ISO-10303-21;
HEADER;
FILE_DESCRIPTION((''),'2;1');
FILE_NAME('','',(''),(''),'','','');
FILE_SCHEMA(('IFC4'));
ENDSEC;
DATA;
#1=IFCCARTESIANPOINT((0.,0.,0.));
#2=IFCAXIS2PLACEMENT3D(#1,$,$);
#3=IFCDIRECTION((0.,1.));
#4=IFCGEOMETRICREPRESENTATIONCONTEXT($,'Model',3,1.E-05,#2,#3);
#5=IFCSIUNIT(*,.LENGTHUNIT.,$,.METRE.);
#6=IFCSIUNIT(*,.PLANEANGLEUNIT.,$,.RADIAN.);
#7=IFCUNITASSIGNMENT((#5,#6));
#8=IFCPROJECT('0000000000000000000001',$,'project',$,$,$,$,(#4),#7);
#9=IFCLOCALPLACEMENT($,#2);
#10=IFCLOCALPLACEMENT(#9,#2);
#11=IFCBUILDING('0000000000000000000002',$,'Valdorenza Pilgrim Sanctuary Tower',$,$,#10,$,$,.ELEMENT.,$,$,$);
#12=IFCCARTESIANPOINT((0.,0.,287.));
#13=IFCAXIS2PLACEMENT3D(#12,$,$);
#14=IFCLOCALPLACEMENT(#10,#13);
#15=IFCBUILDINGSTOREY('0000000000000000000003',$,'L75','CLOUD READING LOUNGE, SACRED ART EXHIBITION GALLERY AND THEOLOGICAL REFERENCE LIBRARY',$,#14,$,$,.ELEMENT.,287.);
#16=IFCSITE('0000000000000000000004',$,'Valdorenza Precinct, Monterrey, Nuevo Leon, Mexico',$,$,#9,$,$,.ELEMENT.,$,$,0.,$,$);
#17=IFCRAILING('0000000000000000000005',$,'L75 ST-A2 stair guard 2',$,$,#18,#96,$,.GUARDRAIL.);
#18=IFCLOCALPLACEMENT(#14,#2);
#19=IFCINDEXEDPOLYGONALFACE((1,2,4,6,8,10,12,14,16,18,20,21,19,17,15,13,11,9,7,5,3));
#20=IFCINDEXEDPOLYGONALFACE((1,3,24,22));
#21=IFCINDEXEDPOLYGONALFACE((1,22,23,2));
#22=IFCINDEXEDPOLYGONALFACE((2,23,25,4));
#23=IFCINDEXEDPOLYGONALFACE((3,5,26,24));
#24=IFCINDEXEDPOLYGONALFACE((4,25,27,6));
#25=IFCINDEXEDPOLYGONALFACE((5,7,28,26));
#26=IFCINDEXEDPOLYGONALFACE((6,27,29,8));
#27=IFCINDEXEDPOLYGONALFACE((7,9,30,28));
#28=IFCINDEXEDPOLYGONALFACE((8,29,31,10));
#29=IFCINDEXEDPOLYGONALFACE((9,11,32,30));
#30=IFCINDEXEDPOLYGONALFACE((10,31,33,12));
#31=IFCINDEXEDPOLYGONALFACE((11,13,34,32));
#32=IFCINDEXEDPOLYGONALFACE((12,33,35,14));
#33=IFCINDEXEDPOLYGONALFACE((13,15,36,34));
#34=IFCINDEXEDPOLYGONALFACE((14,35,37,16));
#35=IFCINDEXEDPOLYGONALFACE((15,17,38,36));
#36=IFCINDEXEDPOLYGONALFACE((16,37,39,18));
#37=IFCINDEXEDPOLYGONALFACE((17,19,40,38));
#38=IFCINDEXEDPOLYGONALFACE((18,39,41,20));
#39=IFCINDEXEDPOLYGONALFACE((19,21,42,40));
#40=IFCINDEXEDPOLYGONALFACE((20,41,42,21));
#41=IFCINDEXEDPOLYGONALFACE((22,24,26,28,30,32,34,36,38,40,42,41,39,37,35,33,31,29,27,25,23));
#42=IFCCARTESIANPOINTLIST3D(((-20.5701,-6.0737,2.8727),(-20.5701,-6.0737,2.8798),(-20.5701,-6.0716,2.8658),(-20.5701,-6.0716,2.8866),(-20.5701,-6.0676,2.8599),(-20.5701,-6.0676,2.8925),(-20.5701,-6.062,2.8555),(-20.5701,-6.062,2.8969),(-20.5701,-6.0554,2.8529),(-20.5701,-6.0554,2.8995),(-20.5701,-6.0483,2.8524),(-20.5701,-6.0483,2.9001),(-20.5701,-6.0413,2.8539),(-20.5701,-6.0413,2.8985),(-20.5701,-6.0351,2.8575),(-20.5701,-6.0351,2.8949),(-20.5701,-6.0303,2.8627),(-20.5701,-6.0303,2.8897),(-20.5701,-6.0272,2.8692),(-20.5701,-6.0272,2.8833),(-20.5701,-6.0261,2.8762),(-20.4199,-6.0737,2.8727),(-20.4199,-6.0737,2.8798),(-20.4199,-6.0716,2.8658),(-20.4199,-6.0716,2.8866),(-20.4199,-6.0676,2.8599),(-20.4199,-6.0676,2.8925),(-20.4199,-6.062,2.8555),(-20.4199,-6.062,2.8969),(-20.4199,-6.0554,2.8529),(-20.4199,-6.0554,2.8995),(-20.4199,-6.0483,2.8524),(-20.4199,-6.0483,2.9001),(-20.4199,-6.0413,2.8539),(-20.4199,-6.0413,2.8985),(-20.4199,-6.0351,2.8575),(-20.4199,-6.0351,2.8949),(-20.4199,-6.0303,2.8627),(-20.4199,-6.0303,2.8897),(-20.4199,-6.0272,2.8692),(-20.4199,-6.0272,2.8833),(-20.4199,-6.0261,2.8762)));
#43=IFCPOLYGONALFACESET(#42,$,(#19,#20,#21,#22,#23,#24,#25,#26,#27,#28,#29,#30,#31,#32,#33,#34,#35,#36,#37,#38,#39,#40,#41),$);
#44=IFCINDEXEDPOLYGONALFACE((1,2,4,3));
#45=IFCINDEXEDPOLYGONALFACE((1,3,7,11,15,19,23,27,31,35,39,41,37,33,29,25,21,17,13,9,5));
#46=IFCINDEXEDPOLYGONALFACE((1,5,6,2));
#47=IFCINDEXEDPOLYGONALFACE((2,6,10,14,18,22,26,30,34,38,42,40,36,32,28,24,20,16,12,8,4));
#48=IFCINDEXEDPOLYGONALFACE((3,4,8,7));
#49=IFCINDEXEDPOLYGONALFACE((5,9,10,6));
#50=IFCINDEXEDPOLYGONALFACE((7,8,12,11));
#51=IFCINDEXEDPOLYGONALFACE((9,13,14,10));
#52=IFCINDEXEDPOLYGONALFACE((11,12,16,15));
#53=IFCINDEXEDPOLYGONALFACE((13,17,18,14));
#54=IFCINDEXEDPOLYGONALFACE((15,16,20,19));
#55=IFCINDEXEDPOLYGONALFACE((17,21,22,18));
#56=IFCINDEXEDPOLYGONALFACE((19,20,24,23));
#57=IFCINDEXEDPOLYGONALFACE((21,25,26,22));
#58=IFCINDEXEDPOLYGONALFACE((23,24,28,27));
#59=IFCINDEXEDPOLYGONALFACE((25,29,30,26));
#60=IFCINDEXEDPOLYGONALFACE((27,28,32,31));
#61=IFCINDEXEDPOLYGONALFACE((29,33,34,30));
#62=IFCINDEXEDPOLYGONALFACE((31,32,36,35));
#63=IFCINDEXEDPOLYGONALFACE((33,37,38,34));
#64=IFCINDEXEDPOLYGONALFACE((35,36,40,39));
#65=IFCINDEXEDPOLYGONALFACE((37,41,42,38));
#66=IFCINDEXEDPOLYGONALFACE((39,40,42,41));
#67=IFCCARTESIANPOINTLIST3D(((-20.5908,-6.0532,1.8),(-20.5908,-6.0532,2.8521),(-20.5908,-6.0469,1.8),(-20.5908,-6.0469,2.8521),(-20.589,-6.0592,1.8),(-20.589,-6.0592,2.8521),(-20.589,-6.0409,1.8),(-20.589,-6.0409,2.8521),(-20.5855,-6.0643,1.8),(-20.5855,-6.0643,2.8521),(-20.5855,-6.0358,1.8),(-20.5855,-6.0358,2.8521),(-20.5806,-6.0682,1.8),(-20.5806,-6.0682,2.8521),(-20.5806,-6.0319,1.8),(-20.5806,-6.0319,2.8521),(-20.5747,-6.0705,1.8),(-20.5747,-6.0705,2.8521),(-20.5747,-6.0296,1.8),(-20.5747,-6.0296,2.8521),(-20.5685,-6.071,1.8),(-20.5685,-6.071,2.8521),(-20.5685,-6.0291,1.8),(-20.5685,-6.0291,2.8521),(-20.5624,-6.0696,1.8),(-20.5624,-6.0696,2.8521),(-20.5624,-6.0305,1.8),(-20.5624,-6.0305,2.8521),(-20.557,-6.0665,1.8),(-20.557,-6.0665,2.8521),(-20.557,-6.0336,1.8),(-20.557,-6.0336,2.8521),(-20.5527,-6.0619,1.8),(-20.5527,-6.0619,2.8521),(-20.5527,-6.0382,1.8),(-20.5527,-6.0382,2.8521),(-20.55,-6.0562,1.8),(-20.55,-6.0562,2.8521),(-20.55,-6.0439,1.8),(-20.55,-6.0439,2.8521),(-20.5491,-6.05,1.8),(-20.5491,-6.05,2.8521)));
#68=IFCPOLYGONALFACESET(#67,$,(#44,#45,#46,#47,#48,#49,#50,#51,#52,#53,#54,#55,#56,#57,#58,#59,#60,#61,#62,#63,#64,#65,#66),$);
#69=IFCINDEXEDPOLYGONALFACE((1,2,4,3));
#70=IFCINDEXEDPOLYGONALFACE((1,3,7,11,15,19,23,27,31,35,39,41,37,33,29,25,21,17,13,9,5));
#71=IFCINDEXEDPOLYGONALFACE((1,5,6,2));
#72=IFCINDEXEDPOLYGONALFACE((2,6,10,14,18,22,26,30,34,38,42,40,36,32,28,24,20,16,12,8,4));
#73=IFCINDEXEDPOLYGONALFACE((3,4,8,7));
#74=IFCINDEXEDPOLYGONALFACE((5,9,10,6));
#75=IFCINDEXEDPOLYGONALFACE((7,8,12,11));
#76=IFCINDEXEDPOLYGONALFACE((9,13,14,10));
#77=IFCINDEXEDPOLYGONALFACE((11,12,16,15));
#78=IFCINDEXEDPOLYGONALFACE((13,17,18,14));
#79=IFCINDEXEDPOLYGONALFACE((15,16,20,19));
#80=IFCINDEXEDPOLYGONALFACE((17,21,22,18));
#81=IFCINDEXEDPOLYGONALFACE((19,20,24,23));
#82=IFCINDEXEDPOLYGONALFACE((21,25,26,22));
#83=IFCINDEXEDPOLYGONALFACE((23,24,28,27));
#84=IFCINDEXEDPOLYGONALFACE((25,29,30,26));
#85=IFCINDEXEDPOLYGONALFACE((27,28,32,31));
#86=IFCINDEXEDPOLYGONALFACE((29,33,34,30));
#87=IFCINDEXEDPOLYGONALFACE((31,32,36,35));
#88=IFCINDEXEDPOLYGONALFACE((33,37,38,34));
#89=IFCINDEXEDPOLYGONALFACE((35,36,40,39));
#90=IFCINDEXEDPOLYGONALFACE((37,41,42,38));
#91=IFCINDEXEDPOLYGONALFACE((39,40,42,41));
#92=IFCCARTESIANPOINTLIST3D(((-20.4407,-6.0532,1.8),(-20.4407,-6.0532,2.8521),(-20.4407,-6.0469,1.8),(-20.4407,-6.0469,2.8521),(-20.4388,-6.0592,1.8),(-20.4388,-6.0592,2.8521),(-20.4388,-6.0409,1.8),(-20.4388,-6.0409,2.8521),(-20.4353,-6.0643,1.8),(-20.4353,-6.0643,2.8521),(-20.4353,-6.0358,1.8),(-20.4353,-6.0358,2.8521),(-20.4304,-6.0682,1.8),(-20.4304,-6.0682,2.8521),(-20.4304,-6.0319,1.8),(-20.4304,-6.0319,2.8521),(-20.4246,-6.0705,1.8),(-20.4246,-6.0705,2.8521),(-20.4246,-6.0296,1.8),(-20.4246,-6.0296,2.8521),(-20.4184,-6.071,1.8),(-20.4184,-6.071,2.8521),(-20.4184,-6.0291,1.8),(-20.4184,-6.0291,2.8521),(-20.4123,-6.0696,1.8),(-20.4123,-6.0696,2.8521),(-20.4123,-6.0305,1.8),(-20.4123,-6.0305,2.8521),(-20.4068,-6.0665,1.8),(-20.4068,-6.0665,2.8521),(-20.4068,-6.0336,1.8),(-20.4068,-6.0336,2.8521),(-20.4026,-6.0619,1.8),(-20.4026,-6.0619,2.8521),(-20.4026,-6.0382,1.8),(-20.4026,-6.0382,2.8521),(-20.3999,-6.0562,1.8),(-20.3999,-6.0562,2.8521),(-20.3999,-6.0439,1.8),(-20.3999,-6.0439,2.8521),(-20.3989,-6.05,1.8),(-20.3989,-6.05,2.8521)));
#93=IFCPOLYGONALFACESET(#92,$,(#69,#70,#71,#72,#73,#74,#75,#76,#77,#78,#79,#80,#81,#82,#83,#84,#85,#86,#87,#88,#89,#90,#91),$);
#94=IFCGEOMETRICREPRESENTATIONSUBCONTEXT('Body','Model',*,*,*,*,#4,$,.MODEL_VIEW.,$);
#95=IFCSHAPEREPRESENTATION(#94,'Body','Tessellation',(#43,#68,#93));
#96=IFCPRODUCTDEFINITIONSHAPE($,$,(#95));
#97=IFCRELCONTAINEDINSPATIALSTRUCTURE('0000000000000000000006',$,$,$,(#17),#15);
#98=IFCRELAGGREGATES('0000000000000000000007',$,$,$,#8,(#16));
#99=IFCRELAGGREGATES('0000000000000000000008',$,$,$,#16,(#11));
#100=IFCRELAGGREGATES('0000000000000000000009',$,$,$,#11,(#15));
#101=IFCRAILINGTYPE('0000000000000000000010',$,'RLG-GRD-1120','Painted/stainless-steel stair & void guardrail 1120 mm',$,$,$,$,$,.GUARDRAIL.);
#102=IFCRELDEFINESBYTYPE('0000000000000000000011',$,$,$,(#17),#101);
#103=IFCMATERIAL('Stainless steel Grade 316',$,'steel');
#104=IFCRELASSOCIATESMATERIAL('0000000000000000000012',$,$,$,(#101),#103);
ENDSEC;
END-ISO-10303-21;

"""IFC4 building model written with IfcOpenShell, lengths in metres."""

from ifc_helpers import new_model, si_unit, direction, frame, origin, origin_2d, place, context, subcontext, project, spatial, circle, extrude, material, type_object, element, save


model = new_model("IFC4")

# Units and contexts
model_context = context("Model", 3, precision=1e-05, world=origin(), true_north=direction((0.0, 1.0)))
body_context = subcontext(model_context, "Body", "Model", "MODEL_VIEW")
ifc_project = project(units=[si_unit("LENGTHUNIT", "METRE"), si_unit("PLANEANGLEUNIT", "RADIAN")], contexts=[model_context])

# Site, building, storey
site_placement = place(None, origin())
site = spatial("IfcSite", under=ifc_project, at=site_placement, Name="Valdorenza Precinct, Monterrey, Nuevo Leon, Mexico", CompositionType="ELEMENT", RefElevation=0.0)
building_placement = place(site_placement, origin())
building = spatial("IfcBuilding", under=site, at=building_placement, Name="Valdorenza Pilgrim Sanctuary Tower", CompositionType="ELEMENT")
storey_placement = place(building_placement, frame((0.0, 0.0, 287.0)))
storey = spatial("IfcBuildingStorey", under=building, at=storey_placement, Name="L75", Description="CLOUD READING LOUNGE, SACRED ART EXHIBITION GALLERY AND THEOLOGICAL REFERENCE LIBRARY", CompositionType="ELEMENT", Elevation=287.0)

# Railing
ifc_material_1 = material(Name="Stainless steel Grade 316", Category="steel")
railing_type_1 = type_object("IfcRailingType", Name="RLG-GRD-1120", Description="Painted/stainless-steel stair & void guardrail 1120 mm", PredefinedType="GUARDRAIL", material=ifc_material_1)
railing_1_placement = place(storey_placement, frame((-20.5701, -6.05, 1.8)))
element("IfcRailing", 1, at=railing_1_placement, inside=storey, type_object=railing_type_1, Name="L75 ST-A2 stair guard 2", PredefinedType="GUARDRAIL", context=body_context, shape_type="SweptSolid", body=[
    extrude(circle(Radius=0.0239, at=origin_2d()), frame((0.0, 0.0, 1.0762), z_axis=(1.0, 0.0, 0.0), x_axis=(0.0, 1.0, 0.0)), (0.0, 0.0, 1.0), 0.1501),
    extrude(circle(Radius=0.021, at=origin_2d()), origin(), (0.0, 0.0, 1.0), 1.052),
    extrude(circle(Radius=0.021, at=origin_2d()), frame((0.1501, 0.0, 0.0)), (0.0, 0.0, 1.0), 1.052),
])

save(model, "model.ifc")
